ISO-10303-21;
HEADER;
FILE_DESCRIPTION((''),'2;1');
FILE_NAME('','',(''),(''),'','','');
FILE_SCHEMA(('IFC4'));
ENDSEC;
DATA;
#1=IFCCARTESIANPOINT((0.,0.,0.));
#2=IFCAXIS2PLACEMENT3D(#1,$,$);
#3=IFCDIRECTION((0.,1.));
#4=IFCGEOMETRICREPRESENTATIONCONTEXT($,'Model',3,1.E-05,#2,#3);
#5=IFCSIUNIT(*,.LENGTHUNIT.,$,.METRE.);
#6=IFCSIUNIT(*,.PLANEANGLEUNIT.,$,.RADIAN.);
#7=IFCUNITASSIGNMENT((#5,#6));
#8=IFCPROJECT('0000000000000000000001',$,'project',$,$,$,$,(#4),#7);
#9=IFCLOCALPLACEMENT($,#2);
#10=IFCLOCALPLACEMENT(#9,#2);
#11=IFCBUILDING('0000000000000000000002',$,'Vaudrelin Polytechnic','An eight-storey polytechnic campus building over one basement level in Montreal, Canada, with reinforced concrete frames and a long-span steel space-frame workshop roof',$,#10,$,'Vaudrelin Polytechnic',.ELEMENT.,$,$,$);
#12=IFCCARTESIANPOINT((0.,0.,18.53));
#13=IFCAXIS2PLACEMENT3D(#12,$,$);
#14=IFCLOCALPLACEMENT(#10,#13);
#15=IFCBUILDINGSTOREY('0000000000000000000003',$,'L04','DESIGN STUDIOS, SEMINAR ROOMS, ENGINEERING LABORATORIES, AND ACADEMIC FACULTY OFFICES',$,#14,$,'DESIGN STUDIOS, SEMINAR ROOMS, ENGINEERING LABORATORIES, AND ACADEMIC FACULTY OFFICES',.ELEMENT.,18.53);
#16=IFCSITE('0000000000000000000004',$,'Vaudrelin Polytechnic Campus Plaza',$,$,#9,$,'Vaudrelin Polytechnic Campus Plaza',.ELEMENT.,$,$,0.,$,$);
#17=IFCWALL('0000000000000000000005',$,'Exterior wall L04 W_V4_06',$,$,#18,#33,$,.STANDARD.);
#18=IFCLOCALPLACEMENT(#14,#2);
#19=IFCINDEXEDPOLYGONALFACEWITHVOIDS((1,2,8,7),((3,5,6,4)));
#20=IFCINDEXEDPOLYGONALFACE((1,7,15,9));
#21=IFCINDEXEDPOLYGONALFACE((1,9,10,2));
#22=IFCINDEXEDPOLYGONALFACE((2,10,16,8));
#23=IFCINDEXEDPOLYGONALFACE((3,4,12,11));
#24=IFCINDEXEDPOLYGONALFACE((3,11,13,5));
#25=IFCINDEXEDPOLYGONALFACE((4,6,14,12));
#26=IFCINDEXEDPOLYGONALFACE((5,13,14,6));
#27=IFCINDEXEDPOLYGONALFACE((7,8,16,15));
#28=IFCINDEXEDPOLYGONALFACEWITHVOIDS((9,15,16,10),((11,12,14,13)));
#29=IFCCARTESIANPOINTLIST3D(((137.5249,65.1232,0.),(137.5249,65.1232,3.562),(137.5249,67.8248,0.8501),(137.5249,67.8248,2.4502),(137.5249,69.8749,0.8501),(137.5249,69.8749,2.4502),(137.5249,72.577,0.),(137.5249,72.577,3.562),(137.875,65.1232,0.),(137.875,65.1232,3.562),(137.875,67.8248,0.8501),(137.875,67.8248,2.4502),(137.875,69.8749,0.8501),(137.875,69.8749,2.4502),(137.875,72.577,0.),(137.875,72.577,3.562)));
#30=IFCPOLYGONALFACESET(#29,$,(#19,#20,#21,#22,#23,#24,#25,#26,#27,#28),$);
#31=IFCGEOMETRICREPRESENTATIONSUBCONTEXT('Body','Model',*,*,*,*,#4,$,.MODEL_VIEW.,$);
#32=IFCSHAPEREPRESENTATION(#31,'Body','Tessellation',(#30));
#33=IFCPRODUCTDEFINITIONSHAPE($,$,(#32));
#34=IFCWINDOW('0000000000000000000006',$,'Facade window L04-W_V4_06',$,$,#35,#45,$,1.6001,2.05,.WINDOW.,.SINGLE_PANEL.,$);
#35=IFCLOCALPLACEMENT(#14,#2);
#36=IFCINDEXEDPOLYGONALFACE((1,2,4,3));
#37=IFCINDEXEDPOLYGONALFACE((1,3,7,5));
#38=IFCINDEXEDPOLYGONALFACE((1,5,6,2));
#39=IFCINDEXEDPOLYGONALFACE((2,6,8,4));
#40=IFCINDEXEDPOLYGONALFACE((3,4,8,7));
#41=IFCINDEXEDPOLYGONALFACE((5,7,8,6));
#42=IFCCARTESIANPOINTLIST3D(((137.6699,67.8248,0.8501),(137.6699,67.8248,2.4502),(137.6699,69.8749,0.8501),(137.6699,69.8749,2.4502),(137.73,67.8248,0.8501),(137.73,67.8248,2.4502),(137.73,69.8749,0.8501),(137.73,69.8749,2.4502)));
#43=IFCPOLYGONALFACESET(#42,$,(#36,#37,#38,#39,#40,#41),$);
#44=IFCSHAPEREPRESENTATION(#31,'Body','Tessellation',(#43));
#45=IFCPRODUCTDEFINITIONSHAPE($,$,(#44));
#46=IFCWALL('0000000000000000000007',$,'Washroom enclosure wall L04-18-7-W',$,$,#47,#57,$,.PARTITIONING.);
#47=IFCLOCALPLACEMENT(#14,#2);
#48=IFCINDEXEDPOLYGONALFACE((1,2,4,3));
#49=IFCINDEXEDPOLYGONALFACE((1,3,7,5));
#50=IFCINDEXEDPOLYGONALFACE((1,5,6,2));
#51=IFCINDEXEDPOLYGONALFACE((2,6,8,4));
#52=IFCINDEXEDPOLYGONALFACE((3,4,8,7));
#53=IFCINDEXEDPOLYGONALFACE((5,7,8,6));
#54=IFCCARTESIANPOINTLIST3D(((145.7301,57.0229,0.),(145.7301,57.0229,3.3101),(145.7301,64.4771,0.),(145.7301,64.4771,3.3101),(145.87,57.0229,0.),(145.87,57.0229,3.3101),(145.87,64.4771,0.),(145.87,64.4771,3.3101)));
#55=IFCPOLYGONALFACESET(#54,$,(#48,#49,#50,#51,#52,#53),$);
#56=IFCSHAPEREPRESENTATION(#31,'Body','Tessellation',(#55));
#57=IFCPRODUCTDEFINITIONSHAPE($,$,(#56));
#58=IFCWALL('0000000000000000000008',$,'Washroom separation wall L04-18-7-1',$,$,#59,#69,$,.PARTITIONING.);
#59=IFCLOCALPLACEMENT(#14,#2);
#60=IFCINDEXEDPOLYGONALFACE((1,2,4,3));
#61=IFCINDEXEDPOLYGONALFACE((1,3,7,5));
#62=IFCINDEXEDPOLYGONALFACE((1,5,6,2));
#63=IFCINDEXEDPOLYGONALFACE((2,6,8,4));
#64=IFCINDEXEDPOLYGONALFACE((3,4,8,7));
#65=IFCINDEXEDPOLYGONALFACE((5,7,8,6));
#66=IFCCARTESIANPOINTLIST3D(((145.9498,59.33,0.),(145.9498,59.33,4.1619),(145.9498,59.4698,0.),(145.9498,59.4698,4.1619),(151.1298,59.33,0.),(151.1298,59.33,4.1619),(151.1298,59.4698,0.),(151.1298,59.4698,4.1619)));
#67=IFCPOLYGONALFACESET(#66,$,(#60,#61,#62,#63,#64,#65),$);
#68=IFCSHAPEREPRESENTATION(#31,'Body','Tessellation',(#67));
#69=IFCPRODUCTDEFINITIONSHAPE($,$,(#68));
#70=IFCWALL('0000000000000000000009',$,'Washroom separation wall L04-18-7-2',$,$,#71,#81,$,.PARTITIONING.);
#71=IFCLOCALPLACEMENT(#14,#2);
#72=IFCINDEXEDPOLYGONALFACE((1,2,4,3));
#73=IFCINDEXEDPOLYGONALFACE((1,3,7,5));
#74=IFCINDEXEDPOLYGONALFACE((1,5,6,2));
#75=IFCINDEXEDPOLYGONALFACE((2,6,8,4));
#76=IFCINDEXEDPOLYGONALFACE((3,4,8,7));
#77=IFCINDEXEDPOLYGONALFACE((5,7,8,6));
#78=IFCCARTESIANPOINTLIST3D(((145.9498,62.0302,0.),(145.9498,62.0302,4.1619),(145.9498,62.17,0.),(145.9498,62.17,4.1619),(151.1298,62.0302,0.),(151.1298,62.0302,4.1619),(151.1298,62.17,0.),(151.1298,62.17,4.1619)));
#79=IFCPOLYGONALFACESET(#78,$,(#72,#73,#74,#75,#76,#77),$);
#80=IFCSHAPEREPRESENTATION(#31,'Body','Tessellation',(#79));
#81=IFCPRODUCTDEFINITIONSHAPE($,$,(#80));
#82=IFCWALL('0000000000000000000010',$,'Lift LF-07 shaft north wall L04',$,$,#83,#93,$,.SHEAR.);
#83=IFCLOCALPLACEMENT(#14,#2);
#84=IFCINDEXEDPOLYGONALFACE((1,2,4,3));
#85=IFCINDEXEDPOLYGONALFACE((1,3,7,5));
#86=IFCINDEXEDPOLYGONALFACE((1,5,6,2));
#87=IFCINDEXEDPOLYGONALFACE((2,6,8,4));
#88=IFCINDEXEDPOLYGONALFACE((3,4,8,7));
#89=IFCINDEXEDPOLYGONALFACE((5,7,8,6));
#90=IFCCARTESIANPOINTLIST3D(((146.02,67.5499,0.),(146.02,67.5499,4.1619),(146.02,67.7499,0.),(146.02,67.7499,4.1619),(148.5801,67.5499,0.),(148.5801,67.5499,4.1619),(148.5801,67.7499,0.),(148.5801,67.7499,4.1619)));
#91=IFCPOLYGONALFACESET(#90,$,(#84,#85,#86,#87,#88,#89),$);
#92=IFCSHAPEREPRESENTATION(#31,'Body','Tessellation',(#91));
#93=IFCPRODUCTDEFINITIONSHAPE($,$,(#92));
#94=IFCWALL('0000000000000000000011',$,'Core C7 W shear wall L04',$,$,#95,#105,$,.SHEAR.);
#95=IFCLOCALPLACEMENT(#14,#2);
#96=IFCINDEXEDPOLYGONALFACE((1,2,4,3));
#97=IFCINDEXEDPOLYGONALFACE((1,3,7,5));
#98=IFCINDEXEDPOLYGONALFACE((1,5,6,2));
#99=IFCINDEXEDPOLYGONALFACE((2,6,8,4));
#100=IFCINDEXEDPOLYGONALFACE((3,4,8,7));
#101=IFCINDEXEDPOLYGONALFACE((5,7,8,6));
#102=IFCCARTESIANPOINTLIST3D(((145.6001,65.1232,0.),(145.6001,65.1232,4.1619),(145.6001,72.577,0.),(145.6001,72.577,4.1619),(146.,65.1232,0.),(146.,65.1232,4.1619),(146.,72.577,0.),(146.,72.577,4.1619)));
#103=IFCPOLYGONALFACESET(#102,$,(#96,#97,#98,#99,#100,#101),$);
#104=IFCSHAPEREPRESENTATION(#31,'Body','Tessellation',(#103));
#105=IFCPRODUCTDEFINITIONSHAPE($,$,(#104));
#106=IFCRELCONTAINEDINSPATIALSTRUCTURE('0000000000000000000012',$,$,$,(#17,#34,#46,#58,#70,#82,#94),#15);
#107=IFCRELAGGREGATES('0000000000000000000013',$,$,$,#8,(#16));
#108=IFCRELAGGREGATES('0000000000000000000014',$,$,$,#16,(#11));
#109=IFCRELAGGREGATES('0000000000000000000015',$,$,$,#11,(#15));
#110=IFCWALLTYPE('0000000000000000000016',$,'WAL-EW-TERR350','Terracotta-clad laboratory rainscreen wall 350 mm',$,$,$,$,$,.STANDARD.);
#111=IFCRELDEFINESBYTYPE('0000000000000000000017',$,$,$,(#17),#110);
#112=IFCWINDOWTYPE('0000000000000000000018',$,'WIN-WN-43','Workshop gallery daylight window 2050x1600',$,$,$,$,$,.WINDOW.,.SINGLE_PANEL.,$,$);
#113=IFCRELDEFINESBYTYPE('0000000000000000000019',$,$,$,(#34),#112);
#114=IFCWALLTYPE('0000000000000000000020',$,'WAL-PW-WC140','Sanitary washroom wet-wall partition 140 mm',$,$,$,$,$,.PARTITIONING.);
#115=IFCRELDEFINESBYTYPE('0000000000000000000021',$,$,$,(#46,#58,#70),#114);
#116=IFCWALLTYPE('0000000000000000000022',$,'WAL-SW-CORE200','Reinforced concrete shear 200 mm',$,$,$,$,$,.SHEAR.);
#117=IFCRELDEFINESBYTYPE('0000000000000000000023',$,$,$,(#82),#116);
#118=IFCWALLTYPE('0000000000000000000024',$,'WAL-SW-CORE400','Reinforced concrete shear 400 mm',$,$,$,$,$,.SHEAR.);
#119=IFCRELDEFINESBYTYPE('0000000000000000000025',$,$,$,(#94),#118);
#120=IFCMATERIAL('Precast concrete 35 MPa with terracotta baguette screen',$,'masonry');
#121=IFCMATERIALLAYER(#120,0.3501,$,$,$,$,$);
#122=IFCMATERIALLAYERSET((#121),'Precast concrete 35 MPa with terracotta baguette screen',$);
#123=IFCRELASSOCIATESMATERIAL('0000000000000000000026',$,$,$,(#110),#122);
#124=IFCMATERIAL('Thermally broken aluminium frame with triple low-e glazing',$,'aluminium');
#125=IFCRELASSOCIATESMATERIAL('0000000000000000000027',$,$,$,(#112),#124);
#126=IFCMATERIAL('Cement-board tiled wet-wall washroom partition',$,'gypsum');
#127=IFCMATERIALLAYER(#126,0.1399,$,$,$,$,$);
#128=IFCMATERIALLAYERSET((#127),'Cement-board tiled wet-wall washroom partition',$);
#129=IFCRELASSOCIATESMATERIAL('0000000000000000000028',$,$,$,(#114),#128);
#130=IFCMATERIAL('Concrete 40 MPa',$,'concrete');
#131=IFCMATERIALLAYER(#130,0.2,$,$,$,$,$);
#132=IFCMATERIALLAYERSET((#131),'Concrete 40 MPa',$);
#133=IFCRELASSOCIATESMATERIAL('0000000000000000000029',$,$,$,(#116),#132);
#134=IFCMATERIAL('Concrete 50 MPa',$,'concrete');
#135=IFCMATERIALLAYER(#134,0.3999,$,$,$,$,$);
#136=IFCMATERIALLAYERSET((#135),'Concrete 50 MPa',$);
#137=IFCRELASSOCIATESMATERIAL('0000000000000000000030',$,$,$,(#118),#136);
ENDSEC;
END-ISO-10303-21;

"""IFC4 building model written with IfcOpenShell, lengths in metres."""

from ifc_helpers import new_model, si_unit, direction, frame, frame_2d, origin, place, context, subcontext, project, spatial, rectangle, extrude, material, layer, layer_set, type_object, element, fill, save


model = new_model("IFC4")

# Units and contexts
model_context = context("Model", 3, precision=1e-05, world=origin(), true_north=direction((0.0, 1.0)))
body_context = subcontext(model_context, "Body", "Model", "MODEL_VIEW")
ifc_project = project(units=[si_unit("LENGTHUNIT", "METRE"), si_unit("PLANEANGLEUNIT", "RADIAN")], contexts=[model_context])

# Site, building, storey
site_placement = place(None, origin())
site = spatial("IfcSite", under=ifc_project, at=site_placement, Name="Vaudrelin Polytechnic Campus Plaza", LongName="Vaudrelin Polytechnic Campus Plaza", CompositionType="ELEMENT", RefElevation=0.0)
building_placement = place(site_placement, origin())
building = spatial("IfcBuilding", under=site, at=building_placement, Name="Vaudrelin Polytechnic", Description="An eight-storey polytechnic campus building over one basement level in Montreal, Canada, with reinforced concrete frames and a long-span steel space-frame workshop roof", LongName="Vaudrelin Polytechnic", CompositionType="ELEMENT")
storey_placement = place(building_placement, frame((0.0, 0.0, 18.53)))
storey = spatial("IfcBuildingStorey", under=building, at=storey_placement, Name="L04", Description="DESIGN STUDIOS, SEMINAR ROOMS, ENGINEERING LABORATORIES, AND ACADEMIC FACULTY OFFICES", LongName="DESIGN STUDIOS, SEMINAR ROOMS, ENGINEERING LABORATORIES, AND ACADEMIC FACULTY OFFICES", CompositionType="ELEMENT", Elevation=18.53)

# Shared definitions
ifc_material_1 = material(Name="Concrete 40 MPa", Category="concrete")

# Shared definitions
ifc_material_2 = material(Name="Concrete 50 MPa", Category="concrete")

# Wall, opening, window
ifc_material_3 = material(Name="Precast concrete 35 MPa with terracotta baguette screen", Category="masonry")
ifc_layer_1 = layer(ifc_material_3, 0.3501)
ifc_layer_set_1 = layer_set([ifc_layer_1], Name="Precast concrete 35 MPa with terracotta baguette screen")
wall_type_1 = type_object("IfcWallType", Name="WAL-EW-TERR350", Description="Terracotta-clad laboratory rainscreen wall 350 mm", PredefinedType="STANDARD", material=ifc_layer_set_1)
ifc_material_4 = material(Name="Thermally broken aluminium frame with triple low-e glazing", Category="aluminium")
wall_1_placement = place(storey_placement, frame((137.7, 65.123, 0.0), z_axis=(0.0, 0.0, 1.0), x_axis=(0.0, 1.0, 0.0)))
wall_1 = element("IfcWall", 1, at=wall_1_placement, inside=storey, type_object=wall_type_1, Name="Exterior wall L04 W_V4_06", PredefinedType="STANDARD", context=body_context, shape_type="SweptSolid", body=[
    extrude(rectangle(XDim=7.4539, YDim=0.3501, at=frame_2d((3.7271, 0.0))), origin(), (0.0, 0.0, 1.0), 3.562),
])
opening_1_placement = place(wall_1_placement, frame((2.7019, 0.0, 0.8501)))
opening_1 = element("IfcOpeningElement", 2, at=opening_1_placement, cuts=wall_1, PredefinedType="OPENING", context=body_context, shape_type="SweptSolid", body=[
    extrude(rectangle(XDim=2.05, YDim=1.6001, at=frame_2d((1.0249, 0.8))), frame((0.0, 0.1851, 0.0), z_axis=(0.0, -1.0, 0.0), x_axis=(1.0, 0.0, 0.0)), (0.0, 0.0, 1.0), 0.3701),
])
window_type_1 = type_object("IfcWindowType", Name="WIN-WN-43", Description="Workshop gallery daylight window 2050x1600", PartitioningType="SINGLE_PANEL", PredefinedType="WINDOW", material=ifc_material_4)
window_1_placement = place(opening_1_placement, origin())
window_1 = element("IfcWindow", 3, at=window_1_placement, inside=storey, type_object=window_type_1, Name="Facade window L04-W_V4_06", OverallHeight=1.6001, OverallWidth=2.05, PartitioningType="SINGLE_PANEL", PredefinedType="WINDOW", context=body_context, shape_type="SweptSolid", body=[
    extrude(rectangle(XDim=2.05, YDim=1.6001, at=frame_2d((1.0249, 0.8))), frame((0.0, 0.03, 0.0), z_axis=(0.0, -1.0, 0.0), x_axis=(1.0, 0.0, 0.0)), (0.0, 0.0, 1.0), 0.0601),
])
fill(opening_1, window_1)

# Walls
ifc_material_5 = material(Name="Cement-board tiled wet-wall washroom partition", Category="gypsum")
ifc_layer_2 = layer(ifc_material_5, 0.1399)
ifc_layer_set_2 = layer_set([ifc_layer_2], Name="Cement-board tiled wet-wall washroom partition")
wall_type_2 = type_object("IfcWallType", Name="WAL-PW-WC140", Description="Sanitary washroom wet-wall partition 140 mm", PredefinedType="PARTITIONING", material=ifc_layer_set_2)
wall_2_placement = place(storey_placement, frame((145.8, 57.0229, 0.0), z_axis=(0.0, 0.0, 1.0), x_axis=(0.0, 1.0, 0.0)))
element("IfcWall", 4, at=wall_2_placement, inside=storey, type_object=wall_type_2, Name="Washroom enclosure wall L04-18-7-W", PredefinedType="PARTITIONING", context=body_context, shape_type="SweptSolid", body=[
    extrude(rectangle(XDim=7.4541, YDim=0.1399, at=frame_2d((3.7271, 0.0))), origin(), (0.0, 0.0, 1.0), 3.3101),
])
for number, where, z_axis, x_axis, name in (
    (5, (145.95, 59.3999, 0.0), (0.0, 0.0, 1.0), (1.0, 0.0, 0.0), "Washroom separation wall L04-18-7-1"),
    (6, (145.95, 62.1001, 0.0), (0.0, 0.0, 1.0), (1.0, 0.0, 0.0), "Washroom separation wall L04-18-7-2"),
):
    element("IfcWall", number, at=place(storey_placement, frame(where, z_axis=z_axis, x_axis=x_axis)), inside=storey, type_object=wall_type_2, Name=name, PredefinedType="PARTITIONING", context=body_context, shape_type="SweptSolid", body=[
        extrude(rectangle(XDim=5.1799, YDim=0.1399, at=frame_2d((2.5898, 0.0))), origin(), (0.0, 0.0, 1.0), 4.1619),
    ])
ifc_layer_3 = layer(ifc_material_1, 0.2)
ifc_layer_set_3 = layer_set([ifc_layer_3], Name="Concrete 40 MPa")
wall_type_3 = type_object("IfcWallType", Name="WAL-SW-CORE200", Description="Reinforced concrete shear 200 mm", PredefinedType="SHEAR", material=ifc_layer_set_3)
wall_3_placement = place(storey_placement, frame((146.02, 67.6499, 0.0), z_axis=(0.0, 0.0, 1.0), x_axis=(1.0, 0.0, 0.0)))
element("IfcWall", 7, at=wall_3_placement, inside=storey, type_object=wall_type_3, Name="Lift LF-07 shaft north wall L04", PredefinedType="SHEAR", context=body_context, shape_type="SweptSolid", body=[
    extrude(rectangle(XDim=2.5601, YDim=0.2, at=frame_2d((1.28, 0.0))), origin(), (0.0, 0.0, 1.0), 4.1619),
])
ifc_layer_4 = layer(ifc_material_2, 0.3999)
ifc_layer_set_4 = layer_set([ifc_layer_4], Name="Concrete 50 MPa")
wall_type_4 = type_object("IfcWallType", Name="WAL-SW-CORE400", Description="Reinforced concrete shear 400 mm", PredefinedType="SHEAR", material=ifc_layer_set_4)
wall_4_placement = place(storey_placement, frame((145.8, 65.123, 0.0), z_axis=(0.0, 0.0, 1.0), x_axis=(0.0, 1.0, 0.0)))
element("IfcWall", 8, at=wall_4_placement, inside=storey, type_object=wall_type_4, Name="Core C7 W shear wall L04", PredefinedType="SHEAR", context=body_context, shape_type="SweptSolid", body=[
    extrude(rectangle(XDim=7.4539, YDim=0.3999, at=frame_2d((3.7271, 0.0))), origin(), (0.0, 0.0, 1.0), 4.1619),
])

save(model, "model.ifc")
